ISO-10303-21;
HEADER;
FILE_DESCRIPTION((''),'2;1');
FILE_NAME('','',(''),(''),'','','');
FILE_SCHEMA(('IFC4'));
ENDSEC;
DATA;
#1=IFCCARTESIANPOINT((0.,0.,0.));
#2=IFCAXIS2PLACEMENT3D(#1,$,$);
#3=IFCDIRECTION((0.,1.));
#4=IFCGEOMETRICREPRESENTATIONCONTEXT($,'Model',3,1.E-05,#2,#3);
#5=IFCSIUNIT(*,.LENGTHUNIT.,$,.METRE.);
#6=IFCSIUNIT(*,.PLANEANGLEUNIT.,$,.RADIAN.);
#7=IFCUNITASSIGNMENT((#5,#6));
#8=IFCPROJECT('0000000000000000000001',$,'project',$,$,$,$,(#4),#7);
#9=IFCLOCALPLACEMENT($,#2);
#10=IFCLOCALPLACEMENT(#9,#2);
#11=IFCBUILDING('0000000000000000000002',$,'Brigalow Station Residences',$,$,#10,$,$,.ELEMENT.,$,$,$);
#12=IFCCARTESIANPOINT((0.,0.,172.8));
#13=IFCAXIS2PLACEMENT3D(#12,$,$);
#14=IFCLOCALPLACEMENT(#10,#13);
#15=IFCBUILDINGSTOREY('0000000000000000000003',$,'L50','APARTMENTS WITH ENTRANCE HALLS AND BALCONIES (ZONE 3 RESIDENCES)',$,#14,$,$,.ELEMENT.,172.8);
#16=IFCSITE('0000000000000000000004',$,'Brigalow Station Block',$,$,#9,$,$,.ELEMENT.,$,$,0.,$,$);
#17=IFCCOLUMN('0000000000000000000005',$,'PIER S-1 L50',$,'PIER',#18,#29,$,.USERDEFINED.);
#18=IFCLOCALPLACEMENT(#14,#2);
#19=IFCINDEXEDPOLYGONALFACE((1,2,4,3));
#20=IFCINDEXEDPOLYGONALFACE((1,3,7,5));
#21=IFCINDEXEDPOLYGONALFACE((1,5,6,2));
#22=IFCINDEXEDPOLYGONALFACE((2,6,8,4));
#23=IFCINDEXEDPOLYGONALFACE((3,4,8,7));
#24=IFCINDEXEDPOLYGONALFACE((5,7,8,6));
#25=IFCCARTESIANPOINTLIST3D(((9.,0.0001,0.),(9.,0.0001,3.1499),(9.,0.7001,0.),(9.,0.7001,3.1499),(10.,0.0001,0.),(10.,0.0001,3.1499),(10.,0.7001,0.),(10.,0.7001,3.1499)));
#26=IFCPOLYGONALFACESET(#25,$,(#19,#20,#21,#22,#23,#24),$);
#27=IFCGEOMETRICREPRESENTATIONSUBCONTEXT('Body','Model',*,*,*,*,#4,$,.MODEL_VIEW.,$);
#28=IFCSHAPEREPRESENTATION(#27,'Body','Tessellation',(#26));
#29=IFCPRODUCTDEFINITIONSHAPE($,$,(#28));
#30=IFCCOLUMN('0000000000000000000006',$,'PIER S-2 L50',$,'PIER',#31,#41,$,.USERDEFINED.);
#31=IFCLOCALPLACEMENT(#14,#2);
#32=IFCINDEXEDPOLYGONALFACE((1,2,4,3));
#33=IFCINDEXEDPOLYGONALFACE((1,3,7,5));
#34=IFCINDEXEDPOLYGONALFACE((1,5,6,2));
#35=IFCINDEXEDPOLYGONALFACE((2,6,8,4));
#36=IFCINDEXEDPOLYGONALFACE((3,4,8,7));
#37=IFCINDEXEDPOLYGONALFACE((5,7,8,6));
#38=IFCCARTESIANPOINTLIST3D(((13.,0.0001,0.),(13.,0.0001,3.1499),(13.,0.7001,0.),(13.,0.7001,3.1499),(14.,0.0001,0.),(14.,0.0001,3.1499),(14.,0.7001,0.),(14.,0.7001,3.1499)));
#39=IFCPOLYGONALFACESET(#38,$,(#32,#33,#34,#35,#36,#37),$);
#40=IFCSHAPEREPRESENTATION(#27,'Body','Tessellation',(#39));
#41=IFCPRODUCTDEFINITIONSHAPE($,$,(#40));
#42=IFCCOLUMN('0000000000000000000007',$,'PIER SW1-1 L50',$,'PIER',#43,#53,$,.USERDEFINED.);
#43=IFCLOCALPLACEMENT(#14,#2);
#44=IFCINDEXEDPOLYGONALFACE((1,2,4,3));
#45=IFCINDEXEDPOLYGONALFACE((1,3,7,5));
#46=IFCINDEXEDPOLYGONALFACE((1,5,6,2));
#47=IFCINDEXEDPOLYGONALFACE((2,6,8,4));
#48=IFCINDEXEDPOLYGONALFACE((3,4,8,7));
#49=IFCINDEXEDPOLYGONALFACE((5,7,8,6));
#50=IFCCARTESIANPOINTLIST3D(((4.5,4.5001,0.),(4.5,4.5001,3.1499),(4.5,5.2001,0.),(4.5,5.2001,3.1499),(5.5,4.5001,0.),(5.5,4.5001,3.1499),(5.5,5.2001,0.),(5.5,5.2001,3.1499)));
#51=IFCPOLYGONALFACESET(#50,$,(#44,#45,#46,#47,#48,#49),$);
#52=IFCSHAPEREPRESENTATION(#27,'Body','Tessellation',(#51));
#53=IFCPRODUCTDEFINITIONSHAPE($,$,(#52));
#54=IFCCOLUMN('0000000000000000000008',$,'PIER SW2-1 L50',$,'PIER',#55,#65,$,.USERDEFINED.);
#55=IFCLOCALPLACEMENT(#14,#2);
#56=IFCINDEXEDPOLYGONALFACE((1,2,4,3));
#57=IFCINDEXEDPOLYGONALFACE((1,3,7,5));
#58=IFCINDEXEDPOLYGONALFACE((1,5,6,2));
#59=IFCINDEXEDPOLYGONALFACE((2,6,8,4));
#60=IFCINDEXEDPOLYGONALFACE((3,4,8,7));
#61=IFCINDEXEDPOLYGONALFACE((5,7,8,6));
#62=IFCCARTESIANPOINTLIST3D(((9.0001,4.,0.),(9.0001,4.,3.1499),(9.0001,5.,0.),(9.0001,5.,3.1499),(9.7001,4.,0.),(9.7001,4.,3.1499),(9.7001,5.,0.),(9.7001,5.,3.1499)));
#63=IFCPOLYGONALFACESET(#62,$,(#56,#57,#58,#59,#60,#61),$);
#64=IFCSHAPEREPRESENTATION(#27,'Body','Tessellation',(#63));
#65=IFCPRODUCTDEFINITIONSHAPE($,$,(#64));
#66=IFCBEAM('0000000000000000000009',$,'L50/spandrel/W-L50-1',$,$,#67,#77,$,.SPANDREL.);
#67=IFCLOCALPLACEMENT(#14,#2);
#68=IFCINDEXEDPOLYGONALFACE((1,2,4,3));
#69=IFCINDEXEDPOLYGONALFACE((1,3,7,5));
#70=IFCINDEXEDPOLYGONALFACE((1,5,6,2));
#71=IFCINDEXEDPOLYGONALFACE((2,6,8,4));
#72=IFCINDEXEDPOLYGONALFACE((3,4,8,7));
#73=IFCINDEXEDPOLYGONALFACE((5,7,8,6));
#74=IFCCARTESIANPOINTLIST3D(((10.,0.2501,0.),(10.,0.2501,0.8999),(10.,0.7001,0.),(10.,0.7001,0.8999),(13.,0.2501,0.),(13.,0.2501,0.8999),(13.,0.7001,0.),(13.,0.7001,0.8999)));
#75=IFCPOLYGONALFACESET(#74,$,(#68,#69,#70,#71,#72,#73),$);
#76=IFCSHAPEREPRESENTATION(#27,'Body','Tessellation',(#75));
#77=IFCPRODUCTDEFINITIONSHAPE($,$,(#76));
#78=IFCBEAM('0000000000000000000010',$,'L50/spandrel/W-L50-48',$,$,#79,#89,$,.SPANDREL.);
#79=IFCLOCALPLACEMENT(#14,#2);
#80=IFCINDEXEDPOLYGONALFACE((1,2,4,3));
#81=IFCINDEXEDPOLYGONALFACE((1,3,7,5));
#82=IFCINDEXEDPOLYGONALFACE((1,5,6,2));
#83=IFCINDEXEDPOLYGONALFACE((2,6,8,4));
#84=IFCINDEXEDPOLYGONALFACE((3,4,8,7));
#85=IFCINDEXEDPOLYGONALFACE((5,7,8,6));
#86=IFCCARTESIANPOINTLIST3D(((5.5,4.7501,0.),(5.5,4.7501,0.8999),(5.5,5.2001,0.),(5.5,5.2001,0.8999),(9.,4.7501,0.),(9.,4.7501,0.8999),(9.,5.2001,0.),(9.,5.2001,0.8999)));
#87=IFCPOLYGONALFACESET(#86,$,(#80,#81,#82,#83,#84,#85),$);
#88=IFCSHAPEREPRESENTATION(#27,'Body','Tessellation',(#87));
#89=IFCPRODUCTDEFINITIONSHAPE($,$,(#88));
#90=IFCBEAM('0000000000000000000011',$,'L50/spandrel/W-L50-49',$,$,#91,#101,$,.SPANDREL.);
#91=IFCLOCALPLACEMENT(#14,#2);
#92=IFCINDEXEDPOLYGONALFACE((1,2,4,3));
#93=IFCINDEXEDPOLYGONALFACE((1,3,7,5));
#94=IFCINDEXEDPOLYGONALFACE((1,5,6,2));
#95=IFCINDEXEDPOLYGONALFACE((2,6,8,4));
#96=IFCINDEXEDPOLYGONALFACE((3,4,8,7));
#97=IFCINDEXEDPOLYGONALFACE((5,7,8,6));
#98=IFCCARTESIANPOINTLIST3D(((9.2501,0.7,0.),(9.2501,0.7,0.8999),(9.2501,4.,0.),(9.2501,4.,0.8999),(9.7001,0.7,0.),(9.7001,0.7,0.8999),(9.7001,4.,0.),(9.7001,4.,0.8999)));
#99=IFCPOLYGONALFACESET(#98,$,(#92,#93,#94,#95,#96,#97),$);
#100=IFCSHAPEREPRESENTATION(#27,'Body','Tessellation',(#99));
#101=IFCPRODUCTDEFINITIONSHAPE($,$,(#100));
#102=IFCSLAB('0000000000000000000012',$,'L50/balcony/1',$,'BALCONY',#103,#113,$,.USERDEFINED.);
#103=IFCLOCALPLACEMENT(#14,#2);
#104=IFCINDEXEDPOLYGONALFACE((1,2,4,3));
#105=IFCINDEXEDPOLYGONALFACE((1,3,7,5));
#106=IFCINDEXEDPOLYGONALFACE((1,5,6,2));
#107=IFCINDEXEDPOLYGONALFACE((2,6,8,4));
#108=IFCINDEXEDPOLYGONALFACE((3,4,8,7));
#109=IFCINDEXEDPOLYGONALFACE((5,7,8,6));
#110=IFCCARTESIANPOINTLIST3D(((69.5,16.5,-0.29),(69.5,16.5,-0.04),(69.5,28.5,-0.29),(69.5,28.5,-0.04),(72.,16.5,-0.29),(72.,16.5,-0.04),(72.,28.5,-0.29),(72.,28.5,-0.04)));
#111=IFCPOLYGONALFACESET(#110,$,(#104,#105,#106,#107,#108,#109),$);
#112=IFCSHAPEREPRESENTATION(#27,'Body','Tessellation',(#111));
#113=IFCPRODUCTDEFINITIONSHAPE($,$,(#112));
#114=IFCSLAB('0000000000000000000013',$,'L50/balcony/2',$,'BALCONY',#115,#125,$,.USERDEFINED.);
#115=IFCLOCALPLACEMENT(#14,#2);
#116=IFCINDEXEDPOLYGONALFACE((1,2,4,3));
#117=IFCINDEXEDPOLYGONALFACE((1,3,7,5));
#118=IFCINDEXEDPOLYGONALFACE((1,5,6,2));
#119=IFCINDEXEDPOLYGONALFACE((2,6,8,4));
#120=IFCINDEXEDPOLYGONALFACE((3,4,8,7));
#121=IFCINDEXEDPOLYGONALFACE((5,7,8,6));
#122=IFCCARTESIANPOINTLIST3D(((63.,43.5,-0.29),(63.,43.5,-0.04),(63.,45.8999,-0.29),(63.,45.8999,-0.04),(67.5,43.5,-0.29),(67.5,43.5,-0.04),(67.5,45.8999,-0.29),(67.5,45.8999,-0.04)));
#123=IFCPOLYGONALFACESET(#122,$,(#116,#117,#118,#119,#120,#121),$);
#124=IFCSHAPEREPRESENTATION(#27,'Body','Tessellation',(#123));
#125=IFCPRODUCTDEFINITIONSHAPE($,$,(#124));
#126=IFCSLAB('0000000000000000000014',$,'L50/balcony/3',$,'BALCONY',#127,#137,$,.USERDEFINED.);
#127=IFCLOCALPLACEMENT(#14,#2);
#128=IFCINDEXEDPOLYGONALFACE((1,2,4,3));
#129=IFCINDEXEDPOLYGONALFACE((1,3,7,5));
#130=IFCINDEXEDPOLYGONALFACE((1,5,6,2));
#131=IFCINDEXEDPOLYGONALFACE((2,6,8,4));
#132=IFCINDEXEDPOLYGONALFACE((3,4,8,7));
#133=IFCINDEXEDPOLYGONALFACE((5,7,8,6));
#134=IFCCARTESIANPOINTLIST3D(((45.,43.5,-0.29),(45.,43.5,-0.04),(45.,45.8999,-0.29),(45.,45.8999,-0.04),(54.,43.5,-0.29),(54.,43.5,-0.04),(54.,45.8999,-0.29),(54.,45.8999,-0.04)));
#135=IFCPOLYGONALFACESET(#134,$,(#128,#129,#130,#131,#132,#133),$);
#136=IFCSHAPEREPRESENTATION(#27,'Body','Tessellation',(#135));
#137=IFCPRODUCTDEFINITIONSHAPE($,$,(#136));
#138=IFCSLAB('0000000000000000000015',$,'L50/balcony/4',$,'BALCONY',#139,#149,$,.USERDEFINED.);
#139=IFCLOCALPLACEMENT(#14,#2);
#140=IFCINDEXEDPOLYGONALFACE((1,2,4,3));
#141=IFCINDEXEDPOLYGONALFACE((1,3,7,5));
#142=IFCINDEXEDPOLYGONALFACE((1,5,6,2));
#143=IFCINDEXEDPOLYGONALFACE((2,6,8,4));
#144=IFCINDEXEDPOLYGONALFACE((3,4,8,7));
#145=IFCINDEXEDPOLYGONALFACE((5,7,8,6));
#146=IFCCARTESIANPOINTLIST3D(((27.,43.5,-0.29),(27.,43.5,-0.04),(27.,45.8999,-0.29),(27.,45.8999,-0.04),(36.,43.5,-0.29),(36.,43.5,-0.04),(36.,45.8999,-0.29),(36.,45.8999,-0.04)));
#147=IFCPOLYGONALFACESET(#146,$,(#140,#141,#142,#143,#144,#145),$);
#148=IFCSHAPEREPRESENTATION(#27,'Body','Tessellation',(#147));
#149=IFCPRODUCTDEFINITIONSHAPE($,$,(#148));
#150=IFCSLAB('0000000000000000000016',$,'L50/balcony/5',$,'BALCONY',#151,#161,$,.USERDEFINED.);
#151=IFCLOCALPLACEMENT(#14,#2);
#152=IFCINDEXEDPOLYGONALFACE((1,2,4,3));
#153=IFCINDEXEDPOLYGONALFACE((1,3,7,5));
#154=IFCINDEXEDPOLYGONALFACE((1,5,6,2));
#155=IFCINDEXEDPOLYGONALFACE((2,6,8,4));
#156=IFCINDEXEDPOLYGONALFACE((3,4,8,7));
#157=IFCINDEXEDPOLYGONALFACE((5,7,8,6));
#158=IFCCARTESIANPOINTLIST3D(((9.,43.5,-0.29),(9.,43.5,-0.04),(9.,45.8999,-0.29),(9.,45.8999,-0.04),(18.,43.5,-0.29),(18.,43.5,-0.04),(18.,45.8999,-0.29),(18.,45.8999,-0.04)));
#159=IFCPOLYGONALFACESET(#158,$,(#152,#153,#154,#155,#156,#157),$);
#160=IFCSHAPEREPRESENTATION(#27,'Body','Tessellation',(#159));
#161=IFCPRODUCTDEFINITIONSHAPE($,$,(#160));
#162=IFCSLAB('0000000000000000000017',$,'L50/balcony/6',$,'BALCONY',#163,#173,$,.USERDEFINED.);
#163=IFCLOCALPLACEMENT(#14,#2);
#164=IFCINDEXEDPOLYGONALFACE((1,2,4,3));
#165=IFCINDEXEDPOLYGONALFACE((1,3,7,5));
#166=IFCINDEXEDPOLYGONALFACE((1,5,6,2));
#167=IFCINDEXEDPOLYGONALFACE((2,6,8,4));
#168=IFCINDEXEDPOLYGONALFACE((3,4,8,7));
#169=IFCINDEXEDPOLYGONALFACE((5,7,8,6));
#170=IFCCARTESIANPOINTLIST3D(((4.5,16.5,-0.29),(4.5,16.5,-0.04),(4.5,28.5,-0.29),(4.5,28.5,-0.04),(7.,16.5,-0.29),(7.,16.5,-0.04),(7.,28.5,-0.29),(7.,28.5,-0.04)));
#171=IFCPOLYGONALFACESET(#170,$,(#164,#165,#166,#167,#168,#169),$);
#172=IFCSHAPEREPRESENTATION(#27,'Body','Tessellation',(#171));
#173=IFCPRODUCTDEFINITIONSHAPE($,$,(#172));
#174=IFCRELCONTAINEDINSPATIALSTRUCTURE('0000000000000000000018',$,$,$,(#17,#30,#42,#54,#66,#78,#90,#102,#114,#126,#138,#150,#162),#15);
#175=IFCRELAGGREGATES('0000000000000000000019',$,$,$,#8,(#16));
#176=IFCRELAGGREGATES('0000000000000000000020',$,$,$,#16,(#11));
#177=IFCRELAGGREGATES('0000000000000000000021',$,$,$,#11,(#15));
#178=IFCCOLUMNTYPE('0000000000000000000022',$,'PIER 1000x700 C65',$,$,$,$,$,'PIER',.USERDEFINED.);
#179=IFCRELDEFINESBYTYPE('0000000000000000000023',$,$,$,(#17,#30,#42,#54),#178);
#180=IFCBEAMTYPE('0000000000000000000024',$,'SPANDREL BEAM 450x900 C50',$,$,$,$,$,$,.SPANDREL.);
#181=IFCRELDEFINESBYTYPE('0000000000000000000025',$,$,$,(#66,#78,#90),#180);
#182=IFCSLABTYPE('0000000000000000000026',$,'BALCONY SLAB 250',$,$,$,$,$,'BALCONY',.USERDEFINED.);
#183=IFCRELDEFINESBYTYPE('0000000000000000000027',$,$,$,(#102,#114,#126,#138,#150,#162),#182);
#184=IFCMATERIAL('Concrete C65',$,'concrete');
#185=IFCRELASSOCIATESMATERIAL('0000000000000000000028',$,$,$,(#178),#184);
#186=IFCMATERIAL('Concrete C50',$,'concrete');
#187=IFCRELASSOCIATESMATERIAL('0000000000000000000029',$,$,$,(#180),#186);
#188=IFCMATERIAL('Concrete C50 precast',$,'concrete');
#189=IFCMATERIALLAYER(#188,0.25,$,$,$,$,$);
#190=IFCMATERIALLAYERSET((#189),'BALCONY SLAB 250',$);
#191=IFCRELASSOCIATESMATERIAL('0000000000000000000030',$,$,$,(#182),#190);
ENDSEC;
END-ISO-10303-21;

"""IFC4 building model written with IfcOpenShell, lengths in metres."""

from ifc_helpers import new_model, si_unit, direction, frame, origin, origin_2d, place, context, subcontext, project, spatial, polyline, rectangle, outline, extrude, material, layer, layer_set, material_profile, profile_set, type_object, element, save


model = new_model("IFC4")

# Units and contexts
model_context = context("Model", 3, precision=1e-05, world=origin(), true_north=direction((0.0, 1.0)))
body_context = subcontext(model_context, "Body", "Model", "MODEL_VIEW")
ifc_project = project(units=[si_unit("LENGTHUNIT", "METRE"), si_unit("PLANEANGLEUNIT", "RADIAN")], contexts=[model_context])

# Site, building, storey
site_placement = place(None, origin())
site = spatial("IfcSite", under=ifc_project, at=site_placement, Name="Brigalow Station Block", CompositionType="ELEMENT", RefElevation=0.0)
building_placement = place(site_placement, origin())
building = spatial("IfcBuilding", under=site, at=building_placement, Name="Brigalow Station Residences", CompositionType="ELEMENT")
storey_placement = place(building_placement, frame((0.0, 0.0, 172.8)))
storey = spatial("IfcBuildingStorey", under=building, at=storey_placement, Name="L50", Description="APARTMENTS WITH ENTRANCE HALLS AND BALCONIES (ZONE 3 RESIDENCES)", CompositionType="ELEMENT", Elevation=172.8)

# Columns
ifc_material_1 = material(Name="Concrete C65", Category="concrete")
ifc_material_profile_1 = material_profile(ifc_material_1, rectangle(XDim=1.0, YDim=0.7, at=origin_2d()), Name="RC1000x700")
ifc_profile_set_1 = profile_set([ifc_material_profile_1], Name="Concrete C65")
column_type = type_object("IfcColumnType", Name="PIER 1000x700 C65", ElementType="PIER", PredefinedType="USERDEFINED", material=ifc_profile_set_1)
for number, where, z_axis, x_axis, name in (
    (1, (9.5, 0.3501, 0.0), (0.0, 0.0, 1.0), (1.0, 0.0, 0.0), "PIER S-1 L50"),
    (2, (13.5, 0.3501, 0.0), (0.0, 0.0, 1.0), (1.0, 0.0, 0.0), "PIER S-2 L50"),
    (3, (5.0, 4.8501, 0.0), (0.0, 0.0, 1.0), (1.0, 0.0, 0.0), "PIER SW1-1 L50"),
    (4, (9.3501, 4.5, 0.0), (0.0, 0.0, 1.0), (0.0, -1.0, 0.0), "PIER SW2-1 L50"),
):
    element("IfcColumn", number, at=place(storey_placement, frame(where, z_axis=z_axis, x_axis=x_axis)), inside=storey, type_object=column_type, Name=name, ObjectType="PIER", PredefinedType="USERDEFINED", context=body_context, shape_type="SweptSolid", body=[
        extrude(rectangle(XDim=1.0, YDim=0.7, at=origin_2d()), origin(), (0.0, 0.0, 1.0), 3.1499),
    ])

# Beams
ifc_material_2 = material(Name="Concrete C50", Category="concrete")
ifc_material_profile_2 = material_profile(ifc_material_2, rectangle(XDim=0.45, YDim=0.8999, at=origin_2d()), Name="RC450x900")
ifc_profile_set_2 = profile_set([ifc_material_profile_2], Name="Concrete C50")
beam_type = type_object("IfcBeamType", Name="SPANDREL BEAM 450x900 C50", PredefinedType="SPANDREL", material=ifc_profile_set_2)
beam_1_placement = place(storey_placement, frame((10.0, 0.4751, 0.45), z_axis=(1.0, 0.0, 0.0), x_axis=(0.0, 1.0, 0.0)))
element("IfcBeam", 5, at=beam_1_placement, inside=storey, type_object=beam_type, Name="L50/spandrel/W-L50-1", PredefinedType="SPANDREL", context=body_context, shape_type="SweptSolid", body=[
    extrude(rectangle(XDim=0.45, YDim=0.8999, at=origin_2d()), origin(), (0.0, 0.0, 1.0), 3.0),
])
beam_2_placement = place(storey_placement, frame((5.5, 4.9751, 0.45), z_axis=(1.0, 0.0, 0.0), x_axis=(0.0, 1.0, 0.0)))
element("IfcBeam", 6, at=beam_2_placement, inside=storey, type_object=beam_type, Name="L50/spandrel/W-L50-48", PredefinedType="SPANDREL", context=body_context, shape_type="SweptSolid", body=[
    extrude(rectangle(XDim=0.45, YDim=0.8999, at=origin_2d()), origin(), (0.0, 0.0, 1.0), 3.5),
])
beam_3_placement = place(storey_placement, frame((9.4751, 4.0, 0.45), z_axis=(0.0, -1.0, 0.0), x_axis=(1.0, 0.0, 0.0)))
element("IfcBeam", 7, at=beam_3_placement, inside=storey, type_object=beam_type, Name="L50/spandrel/W-L50-49", PredefinedType="SPANDREL", context=body_context, shape_type="SweptSolid", body=[
    extrude(rectangle(XDim=0.45, YDim=0.8999, at=origin_2d()), origin(), (0.0, 0.0, 1.0), 3.3),
])

# Slabs
ifc_material_3 = material(Name="Concrete C50 precast", Category="concrete")
ifc_layer_1 = layer(ifc_material_3, 0.25)
ifc_layer_set_1 = layer_set([ifc_layer_1], Name="BALCONY SLAB 250")
slab_type_1 = type_object("IfcSlabType", Name="BALCONY SLAB 250", ElementType="BALCONY", PredefinedType="USERDEFINED", material=ifc_layer_set_1)
slab_1_placement = place(storey_placement, frame((0.0, 0.0, -0.29)))
element("IfcSlab", 8, at=slab_1_placement, inside=storey, type_object=slab_type_1, Name="L50/balcony/1", ObjectType="BALCONY", PredefinedType="USERDEFINED", context=body_context, shape_type="SweptSolid", body=[
    extrude(outline(polyline([(69.5, 16.5), (72.0, 16.5), (72.0, 28.5), (69.5, 28.5), (69.5, 16.5)])), origin(), (0.0, 0.0, 1.0), 0.25),
])
slab_2_placement = place(storey_placement, frame((0.0, 0.0, -0.29)))
element("IfcSlab", 9, at=slab_2_placement, inside=storey, type_object=slab_type_1, Name="L50/balcony/2", ObjectType="BALCONY", PredefinedType="USERDEFINED", context=body_context, shape_type="SweptSolid", body=[
    extrude(outline(polyline([(67.5, 43.5), (67.5, 45.8999), (63.0, 45.8999), (63.0, 43.5), (67.5, 43.5)])), origin(), (0.0, 0.0, 1.0), 0.25),
])
slab_3_placement = place(storey_placement, frame((0.0, 0.0, -0.29)))
element("IfcSlab", 10, at=slab_3_placement, inside=storey, type_object=slab_type_1, Name="L50/balcony/3", ObjectType="BALCONY", PredefinedType="USERDEFINED", context=body_context, shape_type="SweptSolid", body=[
    extrude(outline(polyline([(54.0, 43.5), (54.0, 45.8999), (45.0, 45.8999), (45.0, 43.5), (54.0, 43.5)])), origin(), (0.0, 0.0, 1.0), 0.25),
])
slab_4_placement = place(storey_placement, frame((0.0, 0.0, -0.29)))
element("IfcSlab", 11, at=slab_4_placement, inside=storey, type_object=slab_type_1, Name="L50/balcony/4", ObjectType="BALCONY", PredefinedType="USERDEFINED", context=body_context, shape_type="SweptSolid", body=[
    extrude(outline(polyline([(36.0, 43.5), (36.0, 45.8999), (27.0, 45.8999), (27.0, 43.5), (36.0, 43.5)])), origin(), (0.0, 0.0, 1.0), 0.25),
])
slab_5_placement = place(storey_placement, frame((0.0, 0.0, -0.29)))
element("IfcSlab", 12, at=slab_5_placement, inside=storey, type_object=slab_type_1, Name="L50/balcony/5", ObjectType="BALCONY", PredefinedType="USERDEFINED", context=body_context, shape_type="SweptSolid", body=[
    extrude(outline(polyline([(18.0, 43.5), (18.0, 45.8999), (9.0, 45.8999), (9.0, 43.5), (18.0, 43.5)])), origin(), (0.0, 0.0, 1.0), 0.25),
])
slab_6_placement = place(storey_placement, frame((0.0, 0.0, -0.29)))
element("IfcSlab", 13, at=slab_6_placement, inside=storey, type_object=slab_type_1, Name="L50/balcony/6", ObjectType="BALCONY", PredefinedType="USERDEFINED", context=body_context, shape_type="SweptSolid", body=[
    extrude(outline(polyline([(7.0, 28.5), (4.5, 28.5), (4.5, 16.5), (7.0, 16.5), (7.0, 28.5)])), origin(), (0.0, 0.0, 1.0), 0.25),
])

save(model, "model.ifc")
